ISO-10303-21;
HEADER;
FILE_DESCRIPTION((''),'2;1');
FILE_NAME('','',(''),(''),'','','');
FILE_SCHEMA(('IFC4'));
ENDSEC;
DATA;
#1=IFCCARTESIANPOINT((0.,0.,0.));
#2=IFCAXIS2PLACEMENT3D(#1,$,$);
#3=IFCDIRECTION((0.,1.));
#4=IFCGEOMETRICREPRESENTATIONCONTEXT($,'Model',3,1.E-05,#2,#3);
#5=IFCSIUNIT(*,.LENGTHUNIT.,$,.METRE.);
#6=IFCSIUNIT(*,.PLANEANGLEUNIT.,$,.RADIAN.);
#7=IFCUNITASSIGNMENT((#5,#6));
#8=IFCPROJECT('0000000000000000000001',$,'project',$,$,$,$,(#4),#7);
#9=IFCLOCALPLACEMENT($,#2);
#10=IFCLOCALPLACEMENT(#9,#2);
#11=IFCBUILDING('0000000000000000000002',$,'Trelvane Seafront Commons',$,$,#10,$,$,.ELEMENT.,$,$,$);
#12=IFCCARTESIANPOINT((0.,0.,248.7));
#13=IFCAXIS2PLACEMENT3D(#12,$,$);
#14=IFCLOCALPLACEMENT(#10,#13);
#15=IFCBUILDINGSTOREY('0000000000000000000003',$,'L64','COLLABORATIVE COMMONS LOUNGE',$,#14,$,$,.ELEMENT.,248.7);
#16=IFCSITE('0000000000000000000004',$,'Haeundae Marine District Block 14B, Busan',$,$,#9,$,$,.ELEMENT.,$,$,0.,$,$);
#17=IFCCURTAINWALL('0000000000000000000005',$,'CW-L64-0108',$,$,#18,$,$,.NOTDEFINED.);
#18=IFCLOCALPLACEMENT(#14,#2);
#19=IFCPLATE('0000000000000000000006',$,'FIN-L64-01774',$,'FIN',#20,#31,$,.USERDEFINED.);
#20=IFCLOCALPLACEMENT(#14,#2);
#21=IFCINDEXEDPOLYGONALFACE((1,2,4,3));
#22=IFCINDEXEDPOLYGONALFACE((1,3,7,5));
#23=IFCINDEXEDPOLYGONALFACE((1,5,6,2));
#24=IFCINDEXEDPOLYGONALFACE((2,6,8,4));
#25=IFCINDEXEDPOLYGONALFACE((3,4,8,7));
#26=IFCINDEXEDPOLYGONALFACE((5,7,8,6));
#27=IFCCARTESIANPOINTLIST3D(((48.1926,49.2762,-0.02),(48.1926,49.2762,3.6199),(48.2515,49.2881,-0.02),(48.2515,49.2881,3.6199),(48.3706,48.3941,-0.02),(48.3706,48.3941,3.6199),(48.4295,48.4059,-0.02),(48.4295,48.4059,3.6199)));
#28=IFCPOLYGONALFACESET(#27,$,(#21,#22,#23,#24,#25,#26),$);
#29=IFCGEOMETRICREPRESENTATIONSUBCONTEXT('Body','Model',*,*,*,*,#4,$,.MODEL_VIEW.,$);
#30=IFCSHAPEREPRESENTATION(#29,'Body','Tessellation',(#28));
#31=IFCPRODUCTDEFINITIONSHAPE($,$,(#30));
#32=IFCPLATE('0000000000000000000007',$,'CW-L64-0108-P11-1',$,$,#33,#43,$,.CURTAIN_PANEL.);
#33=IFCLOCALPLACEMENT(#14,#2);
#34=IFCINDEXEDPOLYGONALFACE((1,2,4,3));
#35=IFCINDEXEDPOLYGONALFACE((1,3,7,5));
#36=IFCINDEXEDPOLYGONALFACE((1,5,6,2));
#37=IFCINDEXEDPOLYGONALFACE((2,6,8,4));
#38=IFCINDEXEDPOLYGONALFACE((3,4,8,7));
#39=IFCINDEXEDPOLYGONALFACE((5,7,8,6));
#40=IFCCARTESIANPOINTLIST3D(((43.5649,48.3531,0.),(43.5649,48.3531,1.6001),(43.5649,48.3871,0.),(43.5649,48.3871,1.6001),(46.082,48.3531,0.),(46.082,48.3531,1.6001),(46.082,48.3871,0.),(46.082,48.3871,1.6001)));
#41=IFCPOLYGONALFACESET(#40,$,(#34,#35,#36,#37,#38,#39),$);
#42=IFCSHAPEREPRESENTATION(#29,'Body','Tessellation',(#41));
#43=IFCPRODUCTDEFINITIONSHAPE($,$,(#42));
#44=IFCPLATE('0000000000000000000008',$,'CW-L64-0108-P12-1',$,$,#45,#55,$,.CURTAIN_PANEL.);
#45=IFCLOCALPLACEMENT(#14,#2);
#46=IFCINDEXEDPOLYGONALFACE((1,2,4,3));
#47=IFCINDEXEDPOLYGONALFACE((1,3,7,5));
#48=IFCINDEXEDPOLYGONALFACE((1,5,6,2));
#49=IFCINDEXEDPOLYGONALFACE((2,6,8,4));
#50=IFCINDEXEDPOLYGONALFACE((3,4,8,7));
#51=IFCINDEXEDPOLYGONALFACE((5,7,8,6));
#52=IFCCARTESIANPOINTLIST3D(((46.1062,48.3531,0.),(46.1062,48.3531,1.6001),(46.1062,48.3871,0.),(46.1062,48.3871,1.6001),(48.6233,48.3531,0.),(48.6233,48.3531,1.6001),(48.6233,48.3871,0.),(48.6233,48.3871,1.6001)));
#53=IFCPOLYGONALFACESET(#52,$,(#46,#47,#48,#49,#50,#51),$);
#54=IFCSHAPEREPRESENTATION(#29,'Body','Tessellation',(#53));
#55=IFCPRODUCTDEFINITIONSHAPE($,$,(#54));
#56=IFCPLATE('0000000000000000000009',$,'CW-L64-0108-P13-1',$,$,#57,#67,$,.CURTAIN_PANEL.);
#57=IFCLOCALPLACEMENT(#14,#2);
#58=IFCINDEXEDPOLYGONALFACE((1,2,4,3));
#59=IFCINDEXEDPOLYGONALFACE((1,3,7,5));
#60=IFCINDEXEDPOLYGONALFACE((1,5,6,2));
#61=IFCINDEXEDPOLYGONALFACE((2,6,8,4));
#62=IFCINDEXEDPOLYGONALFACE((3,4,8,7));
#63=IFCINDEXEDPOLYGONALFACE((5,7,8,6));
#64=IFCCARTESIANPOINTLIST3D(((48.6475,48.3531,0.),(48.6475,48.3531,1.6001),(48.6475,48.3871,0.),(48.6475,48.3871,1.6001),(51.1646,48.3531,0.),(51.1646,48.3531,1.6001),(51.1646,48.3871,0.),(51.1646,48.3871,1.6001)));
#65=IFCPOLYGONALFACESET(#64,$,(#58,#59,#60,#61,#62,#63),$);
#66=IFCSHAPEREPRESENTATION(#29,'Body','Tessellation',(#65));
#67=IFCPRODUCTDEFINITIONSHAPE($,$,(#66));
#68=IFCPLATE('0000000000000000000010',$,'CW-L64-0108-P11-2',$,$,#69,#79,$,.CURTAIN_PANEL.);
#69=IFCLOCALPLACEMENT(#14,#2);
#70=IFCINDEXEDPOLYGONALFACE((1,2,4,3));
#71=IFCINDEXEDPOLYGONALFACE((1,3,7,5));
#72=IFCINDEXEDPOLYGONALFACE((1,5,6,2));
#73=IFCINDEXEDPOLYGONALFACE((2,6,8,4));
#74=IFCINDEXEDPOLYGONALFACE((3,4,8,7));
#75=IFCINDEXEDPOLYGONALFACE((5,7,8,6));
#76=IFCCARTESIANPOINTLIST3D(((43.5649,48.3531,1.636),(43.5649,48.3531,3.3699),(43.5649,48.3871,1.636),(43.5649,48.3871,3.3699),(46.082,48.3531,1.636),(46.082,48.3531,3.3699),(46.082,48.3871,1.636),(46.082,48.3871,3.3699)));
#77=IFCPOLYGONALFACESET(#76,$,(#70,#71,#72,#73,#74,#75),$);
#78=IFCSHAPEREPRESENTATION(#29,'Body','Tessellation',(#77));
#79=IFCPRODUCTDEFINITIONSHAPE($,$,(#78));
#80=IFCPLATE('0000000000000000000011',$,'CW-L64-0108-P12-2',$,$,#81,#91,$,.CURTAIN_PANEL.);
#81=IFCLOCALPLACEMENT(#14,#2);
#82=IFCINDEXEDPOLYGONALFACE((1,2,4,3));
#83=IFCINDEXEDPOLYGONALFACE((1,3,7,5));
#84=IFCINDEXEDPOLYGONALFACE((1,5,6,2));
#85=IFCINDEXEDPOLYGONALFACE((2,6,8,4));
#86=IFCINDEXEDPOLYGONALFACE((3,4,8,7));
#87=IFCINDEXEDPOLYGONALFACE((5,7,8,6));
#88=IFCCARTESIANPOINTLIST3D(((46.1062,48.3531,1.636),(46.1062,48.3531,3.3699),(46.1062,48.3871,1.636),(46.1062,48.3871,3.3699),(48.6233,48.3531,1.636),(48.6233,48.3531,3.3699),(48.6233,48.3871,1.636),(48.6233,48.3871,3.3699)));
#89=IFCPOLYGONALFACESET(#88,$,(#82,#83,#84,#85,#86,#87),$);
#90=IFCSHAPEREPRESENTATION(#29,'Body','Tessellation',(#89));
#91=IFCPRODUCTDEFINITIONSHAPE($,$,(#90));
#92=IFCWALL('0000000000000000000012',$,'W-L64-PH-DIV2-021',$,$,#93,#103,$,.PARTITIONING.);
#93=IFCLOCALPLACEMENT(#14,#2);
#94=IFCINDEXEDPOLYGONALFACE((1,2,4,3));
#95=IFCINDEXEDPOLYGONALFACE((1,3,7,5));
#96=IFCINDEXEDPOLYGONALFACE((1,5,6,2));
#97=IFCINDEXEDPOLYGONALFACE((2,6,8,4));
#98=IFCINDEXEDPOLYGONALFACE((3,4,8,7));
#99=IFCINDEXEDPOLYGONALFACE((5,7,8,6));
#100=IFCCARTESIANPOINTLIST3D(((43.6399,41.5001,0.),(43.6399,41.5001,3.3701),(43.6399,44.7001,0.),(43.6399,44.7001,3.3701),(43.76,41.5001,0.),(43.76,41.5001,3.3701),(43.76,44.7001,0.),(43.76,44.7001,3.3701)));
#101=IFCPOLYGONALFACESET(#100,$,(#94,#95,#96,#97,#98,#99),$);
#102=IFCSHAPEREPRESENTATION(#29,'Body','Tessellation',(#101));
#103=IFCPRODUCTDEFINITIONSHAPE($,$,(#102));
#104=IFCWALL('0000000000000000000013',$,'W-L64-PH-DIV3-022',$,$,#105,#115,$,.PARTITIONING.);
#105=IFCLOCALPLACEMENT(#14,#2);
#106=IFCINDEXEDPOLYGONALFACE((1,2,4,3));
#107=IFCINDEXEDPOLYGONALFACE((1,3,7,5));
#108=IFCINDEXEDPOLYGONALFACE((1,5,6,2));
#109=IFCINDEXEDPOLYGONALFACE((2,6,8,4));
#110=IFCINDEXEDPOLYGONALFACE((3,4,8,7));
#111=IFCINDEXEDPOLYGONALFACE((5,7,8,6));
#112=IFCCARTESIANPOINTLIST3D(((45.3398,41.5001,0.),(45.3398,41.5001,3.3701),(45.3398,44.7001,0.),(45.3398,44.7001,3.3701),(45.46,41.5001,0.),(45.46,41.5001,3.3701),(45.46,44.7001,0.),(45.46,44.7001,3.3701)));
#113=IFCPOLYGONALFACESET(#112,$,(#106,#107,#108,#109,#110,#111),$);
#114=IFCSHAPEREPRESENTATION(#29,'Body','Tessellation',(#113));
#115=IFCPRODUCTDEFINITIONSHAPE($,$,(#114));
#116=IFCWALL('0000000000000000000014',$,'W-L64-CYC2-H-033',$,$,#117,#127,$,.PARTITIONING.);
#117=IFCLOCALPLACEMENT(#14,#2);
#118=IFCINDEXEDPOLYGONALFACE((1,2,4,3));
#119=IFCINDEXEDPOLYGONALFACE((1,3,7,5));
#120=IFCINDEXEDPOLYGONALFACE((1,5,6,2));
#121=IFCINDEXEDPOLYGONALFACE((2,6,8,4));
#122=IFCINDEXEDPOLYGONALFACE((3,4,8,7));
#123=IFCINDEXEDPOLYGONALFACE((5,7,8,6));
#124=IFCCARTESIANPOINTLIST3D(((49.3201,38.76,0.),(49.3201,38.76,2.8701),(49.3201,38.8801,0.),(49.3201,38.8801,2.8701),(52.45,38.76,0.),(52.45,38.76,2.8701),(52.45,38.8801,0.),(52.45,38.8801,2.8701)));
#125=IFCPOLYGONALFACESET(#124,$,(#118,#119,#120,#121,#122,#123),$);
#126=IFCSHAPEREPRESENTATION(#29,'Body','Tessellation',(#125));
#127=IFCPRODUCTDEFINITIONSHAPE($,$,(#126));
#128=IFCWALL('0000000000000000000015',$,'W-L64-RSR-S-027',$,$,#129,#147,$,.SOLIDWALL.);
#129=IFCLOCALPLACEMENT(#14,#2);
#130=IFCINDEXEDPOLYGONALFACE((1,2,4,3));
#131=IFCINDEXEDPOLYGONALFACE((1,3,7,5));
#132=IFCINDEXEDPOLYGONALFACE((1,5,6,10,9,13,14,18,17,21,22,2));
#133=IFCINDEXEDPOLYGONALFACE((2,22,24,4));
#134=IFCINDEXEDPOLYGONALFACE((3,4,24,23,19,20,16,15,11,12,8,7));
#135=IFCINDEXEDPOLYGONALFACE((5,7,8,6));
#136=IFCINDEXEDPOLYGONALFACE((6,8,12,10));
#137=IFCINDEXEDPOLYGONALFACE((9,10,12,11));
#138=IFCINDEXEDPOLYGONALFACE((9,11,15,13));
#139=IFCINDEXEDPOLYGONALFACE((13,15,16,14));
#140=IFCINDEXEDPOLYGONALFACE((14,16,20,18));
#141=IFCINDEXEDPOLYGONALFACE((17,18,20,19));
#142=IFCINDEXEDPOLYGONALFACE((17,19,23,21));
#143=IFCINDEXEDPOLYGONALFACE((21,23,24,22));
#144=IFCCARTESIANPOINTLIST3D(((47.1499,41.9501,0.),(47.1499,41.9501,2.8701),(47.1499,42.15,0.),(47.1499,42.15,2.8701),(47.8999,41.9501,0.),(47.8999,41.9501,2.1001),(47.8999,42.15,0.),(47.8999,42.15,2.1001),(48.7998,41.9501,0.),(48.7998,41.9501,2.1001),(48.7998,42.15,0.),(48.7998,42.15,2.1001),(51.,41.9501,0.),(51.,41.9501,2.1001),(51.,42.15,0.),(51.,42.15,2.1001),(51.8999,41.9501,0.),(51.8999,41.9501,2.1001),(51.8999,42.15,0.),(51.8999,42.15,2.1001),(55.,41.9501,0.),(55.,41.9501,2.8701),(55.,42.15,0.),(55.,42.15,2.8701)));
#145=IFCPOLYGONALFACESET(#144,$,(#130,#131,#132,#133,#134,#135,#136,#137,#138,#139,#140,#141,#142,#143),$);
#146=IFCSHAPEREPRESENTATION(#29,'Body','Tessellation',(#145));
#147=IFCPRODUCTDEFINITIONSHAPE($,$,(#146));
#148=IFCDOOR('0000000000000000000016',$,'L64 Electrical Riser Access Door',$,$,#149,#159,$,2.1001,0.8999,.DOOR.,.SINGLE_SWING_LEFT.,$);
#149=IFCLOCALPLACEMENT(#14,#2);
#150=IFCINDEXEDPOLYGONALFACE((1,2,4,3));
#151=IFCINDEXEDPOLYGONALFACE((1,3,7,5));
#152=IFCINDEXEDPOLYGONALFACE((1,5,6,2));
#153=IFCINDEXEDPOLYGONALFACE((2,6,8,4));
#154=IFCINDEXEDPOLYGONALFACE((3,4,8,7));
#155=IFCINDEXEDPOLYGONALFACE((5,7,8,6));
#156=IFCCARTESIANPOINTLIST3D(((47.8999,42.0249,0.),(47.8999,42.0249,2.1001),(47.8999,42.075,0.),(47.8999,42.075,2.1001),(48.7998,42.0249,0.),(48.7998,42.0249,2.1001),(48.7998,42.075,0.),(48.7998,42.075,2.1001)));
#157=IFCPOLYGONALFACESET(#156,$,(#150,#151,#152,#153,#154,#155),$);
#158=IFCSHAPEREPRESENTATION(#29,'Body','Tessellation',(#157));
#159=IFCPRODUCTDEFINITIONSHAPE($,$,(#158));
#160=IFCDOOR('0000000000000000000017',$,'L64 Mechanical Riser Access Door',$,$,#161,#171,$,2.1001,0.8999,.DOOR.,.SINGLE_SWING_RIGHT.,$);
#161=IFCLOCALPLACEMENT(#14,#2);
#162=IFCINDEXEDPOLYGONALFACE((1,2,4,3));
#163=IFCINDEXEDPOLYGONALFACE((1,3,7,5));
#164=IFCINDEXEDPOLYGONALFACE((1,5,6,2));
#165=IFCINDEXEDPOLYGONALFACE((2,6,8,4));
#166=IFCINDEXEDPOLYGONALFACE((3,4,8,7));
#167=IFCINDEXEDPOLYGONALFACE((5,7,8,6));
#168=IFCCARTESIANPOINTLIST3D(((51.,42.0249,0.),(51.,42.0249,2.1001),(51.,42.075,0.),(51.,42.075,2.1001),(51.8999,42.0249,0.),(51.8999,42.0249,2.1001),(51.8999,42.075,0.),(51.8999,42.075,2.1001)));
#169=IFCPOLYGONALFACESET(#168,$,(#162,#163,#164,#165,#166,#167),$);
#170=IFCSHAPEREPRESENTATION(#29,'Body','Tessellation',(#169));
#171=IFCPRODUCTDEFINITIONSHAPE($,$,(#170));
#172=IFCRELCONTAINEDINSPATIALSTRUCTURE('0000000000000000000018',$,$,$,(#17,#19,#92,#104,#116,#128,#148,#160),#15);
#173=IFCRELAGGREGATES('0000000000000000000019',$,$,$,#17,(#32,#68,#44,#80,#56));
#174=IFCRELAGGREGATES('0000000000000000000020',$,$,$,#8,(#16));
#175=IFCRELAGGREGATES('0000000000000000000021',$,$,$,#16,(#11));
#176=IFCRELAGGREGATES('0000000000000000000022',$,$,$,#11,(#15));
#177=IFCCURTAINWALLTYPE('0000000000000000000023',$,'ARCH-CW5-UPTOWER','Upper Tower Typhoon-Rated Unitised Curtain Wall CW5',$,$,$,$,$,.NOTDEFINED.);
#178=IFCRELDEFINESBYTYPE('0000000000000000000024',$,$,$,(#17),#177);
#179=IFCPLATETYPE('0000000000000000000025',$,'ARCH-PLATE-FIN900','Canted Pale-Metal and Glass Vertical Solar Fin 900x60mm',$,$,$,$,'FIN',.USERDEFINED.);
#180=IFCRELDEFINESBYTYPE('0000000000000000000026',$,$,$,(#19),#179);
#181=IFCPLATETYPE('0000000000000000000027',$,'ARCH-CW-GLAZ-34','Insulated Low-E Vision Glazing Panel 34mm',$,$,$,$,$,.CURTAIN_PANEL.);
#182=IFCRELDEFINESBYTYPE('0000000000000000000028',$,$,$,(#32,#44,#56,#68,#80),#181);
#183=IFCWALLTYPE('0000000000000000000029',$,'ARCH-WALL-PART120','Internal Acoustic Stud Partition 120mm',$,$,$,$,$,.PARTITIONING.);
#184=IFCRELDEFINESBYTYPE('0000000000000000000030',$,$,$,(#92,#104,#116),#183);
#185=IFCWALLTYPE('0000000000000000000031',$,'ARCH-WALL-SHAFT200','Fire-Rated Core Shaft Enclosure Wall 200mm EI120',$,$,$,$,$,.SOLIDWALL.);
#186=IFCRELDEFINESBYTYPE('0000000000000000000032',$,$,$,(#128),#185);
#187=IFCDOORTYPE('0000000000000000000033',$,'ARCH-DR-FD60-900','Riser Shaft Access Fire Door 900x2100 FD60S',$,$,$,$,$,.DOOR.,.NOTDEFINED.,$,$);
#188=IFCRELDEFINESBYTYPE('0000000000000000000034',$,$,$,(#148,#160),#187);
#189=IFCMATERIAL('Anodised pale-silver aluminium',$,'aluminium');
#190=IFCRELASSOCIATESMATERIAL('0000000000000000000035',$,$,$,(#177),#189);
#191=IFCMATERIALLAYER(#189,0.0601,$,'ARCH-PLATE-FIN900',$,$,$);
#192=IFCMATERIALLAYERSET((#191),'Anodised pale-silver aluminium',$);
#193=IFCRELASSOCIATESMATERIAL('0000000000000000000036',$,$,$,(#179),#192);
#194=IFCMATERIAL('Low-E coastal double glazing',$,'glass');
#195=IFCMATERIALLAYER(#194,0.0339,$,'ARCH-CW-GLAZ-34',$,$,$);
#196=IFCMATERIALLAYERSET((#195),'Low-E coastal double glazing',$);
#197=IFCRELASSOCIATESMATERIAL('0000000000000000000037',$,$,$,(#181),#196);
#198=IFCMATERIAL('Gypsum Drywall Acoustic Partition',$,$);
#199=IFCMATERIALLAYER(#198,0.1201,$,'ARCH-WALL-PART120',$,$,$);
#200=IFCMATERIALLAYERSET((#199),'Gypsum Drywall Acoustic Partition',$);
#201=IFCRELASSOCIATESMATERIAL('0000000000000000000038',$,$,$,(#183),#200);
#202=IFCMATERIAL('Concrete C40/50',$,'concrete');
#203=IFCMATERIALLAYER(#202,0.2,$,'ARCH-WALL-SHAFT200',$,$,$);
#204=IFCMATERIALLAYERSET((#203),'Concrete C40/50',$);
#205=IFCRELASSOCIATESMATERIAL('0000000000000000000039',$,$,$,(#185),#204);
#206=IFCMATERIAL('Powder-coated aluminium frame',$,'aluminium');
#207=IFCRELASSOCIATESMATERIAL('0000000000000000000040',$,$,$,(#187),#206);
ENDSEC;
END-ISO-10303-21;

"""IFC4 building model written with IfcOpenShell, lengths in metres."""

from ifc_helpers import new_model, si_unit, direction, frame, frame_2d, origin, origin_2d, place, context, subcontext, project, spatial, rectangle, extrude, source, transform, mapped, material, layer, layer_set, type_object, element, fill, aggregate, save


model = new_model("IFC4")

# Units and contexts
model_context = context("Model", 3, precision=1e-05, world=origin(), true_north=direction((0.0, 1.0)))
body_context = subcontext(model_context, "Body", "Model", "MODEL_VIEW")
ifc_project = project(units=[si_unit("LENGTHUNIT", "METRE"), si_unit("PLANEANGLEUNIT", "RADIAN")], contexts=[model_context])

# Site, building, storey
site_placement = place(None, origin())
site = spatial("IfcSite", under=ifc_project, at=site_placement, Name="Haeundae Marine District Block 14B, Busan", CompositionType="ELEMENT", RefElevation=0.0)
building_placement = place(site_placement, origin())
building = spatial("IfcBuilding", under=site, at=building_placement, Name="Trelvane Seafront Commons", CompositionType="ELEMENT")
storey_placement = place(building_placement, frame((0.0, 0.0, 248.7)))
storey = spatial("IfcBuildingStorey", under=building, at=storey_placement, Name="L64", Description="COLLABORATIVE COMMONS LOUNGE", CompositionType="ELEMENT", Elevation=248.7)

# Curtain wall
ifc_material_1 = material(Name="Anodised pale-silver aluminium", Category="aluminium")
curtain_wall_type = type_object("IfcCurtainWallType", Name="ARCH-CW5-UPTOWER", Description="Upper Tower Typhoon-Rated Unitised Curtain Wall CW5", PredefinedType="NOTDEFINED", material=ifc_material_1)
curtain_wall_placement = place(storey_placement, origin())
curtain_wall = element("IfcCurtainWall", 1, at=curtain_wall_placement, inside=storey, type_object=curtain_wall_type, Name="CW-L64-0108", PredefinedType="NOTDEFINED")

# Plate
ifc_layer_1 = layer(ifc_material_1, 0.0601, Name="ARCH-PLATE-FIN900")
ifc_layer_set_1 = layer_set([ifc_layer_1], Name="Anodised pale-silver aluminium")
plate_type_1 = type_object("IfcPlateType", Name="ARCH-PLATE-FIN900", Description="Canted Pale-Metal and Glass Vertical Solar Fin 900x60mm", ElementType="FIN", PredefinedType="USERDEFINED", material=ifc_layer_set_1)
shared_shape_1 = source(origin(), body_context, "Body", "SweptSolid", [
    extrude(rectangle(XDim=0.8999, YDim=0.0601, at=origin_2d()), origin(), (0.0, 0.0, 1.0), 3.6399),
])
for number, where, z_axis, x_axis, name in (
    (2, (48.311, 48.8411, -0.02), (0.0, 0.0, 1.0), (-0.197782, 0.980246, 0.0), "FIN-L64-01774"),
):
    element("IfcPlate", number, at=place(storey_placement, frame(where, z_axis=z_axis, x_axis=x_axis)), inside=storey, type_object=plate_type_1, Name=name, ObjectType="FIN", PredefinedType="USERDEFINED", context=body_context, shape_type="MappedRepresentation", body=[
        mapped(shared_shape_1, transform((0.0, 0.0, 0.0), x_axis=(1.0, 0.0, 0.0), y_axis=(0.0, 1.0, 0.0), z_axis=(0.0, 0.0, 1.0), scale=1.0)),
    ])

# Plates
ifc_material_2 = material(Name="Low-E coastal double glazing", Category="glass")
ifc_layer_2 = layer(ifc_material_2, 0.0339, Name="ARCH-CW-GLAZ-34")
ifc_layer_set_2 = layer_set([ifc_layer_2], Name="Low-E coastal double glazing")
plate_type_2 = type_object("IfcPlateType", Name="ARCH-CW-GLAZ-34", Description="Insulated Low-E Vision Glazing Panel 34mm", PredefinedType="CURTAIN_PANEL", material=ifc_layer_set_2)
shared_shape_2 = source(origin(), body_context, "Body", "SweptSolid", [
    extrude(rectangle(XDim=2.5171, YDim=0.0339, at=origin_2d()), origin(), (0.0, 0.0, 1.0), 1.6001),
])
plate_1_placement = place(storey_placement, frame((44.8235, 48.3701, 0.0), z_axis=(0.0, 0.0, 1.0), x_axis=(1.0, 0.0, 0.0)))
plate_1 = element("IfcPlate", 3, at=plate_1_placement, type_object=plate_type_2, Name="CW-L64-0108-P11-1", PredefinedType="CURTAIN_PANEL", context=body_context, shape_type="MappedRepresentation", body=[
    mapped(shared_shape_2, transform((0.0, 0.0, 0.0), x_axis=(1.0, 0.0, 0.0), y_axis=(0.0, 1.0, 0.0), z_axis=(0.0, 0.0, 1.0), scale=1.0)),
])
plate_2_placement = place(storey_placement, frame((47.3647, 48.3701, 0.0), z_axis=(0.0, 0.0, 1.0), x_axis=(1.0, 0.0, 0.0)))
plate_2 = element("IfcPlate", 4, at=plate_2_placement, type_object=plate_type_2, Name="CW-L64-0108-P12-1", PredefinedType="CURTAIN_PANEL", context=body_context, shape_type="MappedRepresentation", body=[
    mapped(shared_shape_2, transform((0.0, 0.0, 0.0), x_axis=(1.0, 0.0, 0.0), y_axis=(0.0, 1.0, 0.0), z_axis=(0.0, 0.0, 1.0), scale=1.0)),
])
plate_3_placement = place(storey_placement, frame((49.906, 48.3701, 0.0), z_axis=(0.0, 0.0, 1.0), x_axis=(1.0, 0.0, 0.0)))
plate_3 = element("IfcPlate", 5, at=plate_3_placement, type_object=plate_type_2, Name="CW-L64-0108-P13-1", PredefinedType="CURTAIN_PANEL", context=body_context, shape_type="MappedRepresentation", body=[
    mapped(shared_shape_2, transform((0.0, 0.0, 0.0), x_axis=(1.0, 0.0, 0.0), y_axis=(0.0, 1.0, 0.0), z_axis=(0.0, 0.0, 1.0), scale=1.0)),
])
shared_shape_3 = source(origin(), body_context, "Body", "SweptSolid", [
    extrude(rectangle(XDim=2.5171, YDim=0.0339, at=origin_2d()), origin(), (0.0, 0.0, 1.0), 1.7339),
])
plate_4_placement = place(storey_placement, frame((44.8235, 48.3701, 1.636), z_axis=(0.0, 0.0, 1.0), x_axis=(1.0, 0.0, 0.0)))
plate_4 = element("IfcPlate", 6, at=plate_4_placement, type_object=plate_type_2, Name="CW-L64-0108-P11-2", PredefinedType="CURTAIN_PANEL", context=body_context, shape_type="MappedRepresentation", body=[
    mapped(shared_shape_3, transform((0.0, 0.0, 0.0), x_axis=(1.0, 0.0, 0.0), y_axis=(0.0, 1.0, 0.0), z_axis=(0.0, 0.0, 1.0), scale=1.0)),
])
plate_5_placement = place(storey_placement, frame((47.3647, 48.3701, 1.636), z_axis=(0.0, 0.0, 1.0), x_axis=(1.0, 0.0, 0.0)))
plate_5 = element("IfcPlate", 7, at=plate_5_placement, type_object=plate_type_2, Name="CW-L64-0108-P12-2", PredefinedType="CURTAIN_PANEL", context=body_context, shape_type="MappedRepresentation", body=[
    mapped(shared_shape_3, transform((0.0, 0.0, 0.0), x_axis=(1.0, 0.0, 0.0), y_axis=(0.0, 1.0, 0.0), z_axis=(0.0, 0.0, 1.0), scale=1.0)),
])
aggregate(curtain_wall, [plate_1, plate_4, plate_2, plate_5, plate_3])

# Walls
ifc_material_3 = material(Name="Gypsum Drywall Acoustic Partition")
ifc_layer_3 = layer(ifc_material_3, 0.1201, Name="ARCH-WALL-PART120")
ifc_layer_set_3 = layer_set([ifc_layer_3], Name="Gypsum Drywall Acoustic Partition")
wall_type_1 = type_object("IfcWallType", Name="ARCH-WALL-PART120", Description="Internal Acoustic Stud Partition 120mm", PredefinedType="PARTITIONING", material=ifc_layer_set_3)
for number, where, z_axis, x_axis, name in (
    (8, (43.7, 41.5, 0.0), (0.0, 0.0, 1.0), (0.0, 1.0, 0.0), "W-L64-PH-DIV2-021"),
    (9, (45.3999, 41.5, 0.0), (0.0, 0.0, 1.0), (0.0, 1.0, 0.0), "W-L64-PH-DIV3-022"),
):
    element("IfcWall", number, at=place(storey_placement, frame(where, z_axis=z_axis, x_axis=x_axis)), inside=storey, type_object=wall_type_1, Name=name, PredefinedType="PARTITIONING", context=body_context, shape_type="SweptSolid", body=[
        extrude(rectangle(XDim=3.2, YDim=0.1201, at=frame_2d((1.6001, 0.0))), origin(), (0.0, 0.0, 1.0), 3.3701),
    ])
wall_1_placement = place(storey_placement, frame((49.3201, 38.8201, 0.0), z_axis=(0.0, 0.0, 1.0), x_axis=(1.0, 0.0, 0.0)))
element("IfcWall", 10, at=wall_1_placement, inside=storey, type_object=wall_type_1, Name="W-L64-CYC2-H-033", PredefinedType="PARTITIONING", context=body_context, shape_type="SweptSolid", body=[
    extrude(rectangle(XDim=3.1299, YDim=0.1201, at=frame_2d((1.5649, 0.0))), origin(), (0.0, 0.0, 1.0), 2.8701),
])

# Wall, openings, doors
ifc_material_4 = material(Name="Concrete C40/50", Category="concrete")
ifc_layer_4 = layer(ifc_material_4, 0.2, Name="ARCH-WALL-SHAFT200")
ifc_layer_set_4 = layer_set([ifc_layer_4], Name="Concrete C40/50")
wall_type_2 = type_object("IfcWallType", Name="ARCH-WALL-SHAFT200", Description="Fire-Rated Core Shaft Enclosure Wall 200mm EI120", PredefinedType="SOLIDWALL", material=ifc_layer_set_4)
wall_2_placement = place(storey_placement, frame((47.1499, 42.05, 0.0), z_axis=(0.0, 0.0, 1.0), x_axis=(1.0, 0.0, 0.0)))
wall_2 = element("IfcWall", 11, at=wall_2_placement, inside=storey, type_object=wall_type_2, Name="W-L64-RSR-S-027", PredefinedType="SOLIDWALL", context=body_context, shape_type="SweptSolid", body=[
    extrude(rectangle(XDim=7.8501, YDim=0.2, at=frame_2d((3.925, 0.0))), origin(), (0.0, 0.0, 1.0), 2.8701),
])
opening_1_placement = place(wall_2_placement, frame((0.75, 0.0, 0.0)))
opening_1 = element("IfcOpeningElement", 12, at=opening_1_placement, cuts=wall_2, PredefinedType="OPENING", context=body_context, shape_type="SweptSolid", body=[
    extrude(rectangle(XDim=0.8999, YDim=2.1001, at=frame_2d((0.45, 1.05))), frame((0.0, 0.1099, 0.0), z_axis=(0.0, -1.0, 0.0), x_axis=(1.0, 0.0, 0.0)), (0.0, 0.0, 1.0), 0.22),
])
opening_2_placement = place(wall_2_placement, frame((3.8501, 0.0, 0.0)))
opening_2 = element("IfcOpeningElement", 13, at=opening_2_placement, cuts=wall_2, PredefinedType="OPENING", context=body_context, shape_type="SweptSolid", body=[
    extrude(rectangle(XDim=0.8999, YDim=2.1001, at=frame_2d((0.45, 1.05))), frame((0.0, 0.1099, 0.0), z_axis=(0.0, -1.0, 0.0), x_axis=(1.0, 0.0, 0.0)), (0.0, 0.0, 1.0), 0.22),
])
ifc_material_5 = material(Name="Powder-coated aluminium frame", Category="aluminium")
door_type = type_object("IfcDoorType", Name="ARCH-DR-FD60-900", Description="Riser Shaft Access Fire Door 900x2100 FD60S", OperationType="NOTDEFINED", PredefinedType="DOOR", material=ifc_material_5)
shared_shape_4 = source(origin(), body_context, "Body", "SweptSolid", [
    extrude(rectangle(XDim=0.8999, YDim=2.1001, at=frame_2d((0.45, 1.05))), frame((0.0, 0.0249, 0.0), z_axis=(0.0, -1.0, 0.0), x_axis=(1.0, 0.0, 0.0)), (0.0, 0.0, 1.0), 0.05),
])
door_1_placement = place(opening_1_placement, origin())
door_1 = element("IfcDoor", 14, at=door_1_placement, inside=storey, type_object=door_type, Name="L64 Electrical Riser Access Door", OperationType="SINGLE_SWING_LEFT", OverallHeight=2.1001, OverallWidth=0.8999, PredefinedType="DOOR", context=body_context, shape_type="MappedRepresentation", body=[
    mapped(shared_shape_4, transform((0.0, 0.0, 0.0), x_axis=(1.0, 0.0, 0.0), y_axis=(0.0, 1.0, 0.0), z_axis=(0.0, 0.0, 1.0), scale=1.0)),
])
fill(opening_1, door_1)
door_2_placement = place(opening_2_placement, origin())
door_2 = element("IfcDoor", 15, at=door_2_placement, inside=storey, type_object=door_type, Name="L64 Mechanical Riser Access Door", OperationType="SINGLE_SWING_RIGHT", OverallHeight=2.1001, OverallWidth=0.8999, PredefinedType="DOOR", context=body_context, shape_type="MappedRepresentation", body=[
    mapped(shared_shape_4, transform((0.0, 0.0, 0.0), x_axis=(1.0, 0.0, 0.0), y_axis=(0.0, 1.0, 0.0), z_axis=(0.0, 0.0, 1.0), scale=1.0)),
])
fill(opening_2, door_2)

save(model, "model.ifc")
